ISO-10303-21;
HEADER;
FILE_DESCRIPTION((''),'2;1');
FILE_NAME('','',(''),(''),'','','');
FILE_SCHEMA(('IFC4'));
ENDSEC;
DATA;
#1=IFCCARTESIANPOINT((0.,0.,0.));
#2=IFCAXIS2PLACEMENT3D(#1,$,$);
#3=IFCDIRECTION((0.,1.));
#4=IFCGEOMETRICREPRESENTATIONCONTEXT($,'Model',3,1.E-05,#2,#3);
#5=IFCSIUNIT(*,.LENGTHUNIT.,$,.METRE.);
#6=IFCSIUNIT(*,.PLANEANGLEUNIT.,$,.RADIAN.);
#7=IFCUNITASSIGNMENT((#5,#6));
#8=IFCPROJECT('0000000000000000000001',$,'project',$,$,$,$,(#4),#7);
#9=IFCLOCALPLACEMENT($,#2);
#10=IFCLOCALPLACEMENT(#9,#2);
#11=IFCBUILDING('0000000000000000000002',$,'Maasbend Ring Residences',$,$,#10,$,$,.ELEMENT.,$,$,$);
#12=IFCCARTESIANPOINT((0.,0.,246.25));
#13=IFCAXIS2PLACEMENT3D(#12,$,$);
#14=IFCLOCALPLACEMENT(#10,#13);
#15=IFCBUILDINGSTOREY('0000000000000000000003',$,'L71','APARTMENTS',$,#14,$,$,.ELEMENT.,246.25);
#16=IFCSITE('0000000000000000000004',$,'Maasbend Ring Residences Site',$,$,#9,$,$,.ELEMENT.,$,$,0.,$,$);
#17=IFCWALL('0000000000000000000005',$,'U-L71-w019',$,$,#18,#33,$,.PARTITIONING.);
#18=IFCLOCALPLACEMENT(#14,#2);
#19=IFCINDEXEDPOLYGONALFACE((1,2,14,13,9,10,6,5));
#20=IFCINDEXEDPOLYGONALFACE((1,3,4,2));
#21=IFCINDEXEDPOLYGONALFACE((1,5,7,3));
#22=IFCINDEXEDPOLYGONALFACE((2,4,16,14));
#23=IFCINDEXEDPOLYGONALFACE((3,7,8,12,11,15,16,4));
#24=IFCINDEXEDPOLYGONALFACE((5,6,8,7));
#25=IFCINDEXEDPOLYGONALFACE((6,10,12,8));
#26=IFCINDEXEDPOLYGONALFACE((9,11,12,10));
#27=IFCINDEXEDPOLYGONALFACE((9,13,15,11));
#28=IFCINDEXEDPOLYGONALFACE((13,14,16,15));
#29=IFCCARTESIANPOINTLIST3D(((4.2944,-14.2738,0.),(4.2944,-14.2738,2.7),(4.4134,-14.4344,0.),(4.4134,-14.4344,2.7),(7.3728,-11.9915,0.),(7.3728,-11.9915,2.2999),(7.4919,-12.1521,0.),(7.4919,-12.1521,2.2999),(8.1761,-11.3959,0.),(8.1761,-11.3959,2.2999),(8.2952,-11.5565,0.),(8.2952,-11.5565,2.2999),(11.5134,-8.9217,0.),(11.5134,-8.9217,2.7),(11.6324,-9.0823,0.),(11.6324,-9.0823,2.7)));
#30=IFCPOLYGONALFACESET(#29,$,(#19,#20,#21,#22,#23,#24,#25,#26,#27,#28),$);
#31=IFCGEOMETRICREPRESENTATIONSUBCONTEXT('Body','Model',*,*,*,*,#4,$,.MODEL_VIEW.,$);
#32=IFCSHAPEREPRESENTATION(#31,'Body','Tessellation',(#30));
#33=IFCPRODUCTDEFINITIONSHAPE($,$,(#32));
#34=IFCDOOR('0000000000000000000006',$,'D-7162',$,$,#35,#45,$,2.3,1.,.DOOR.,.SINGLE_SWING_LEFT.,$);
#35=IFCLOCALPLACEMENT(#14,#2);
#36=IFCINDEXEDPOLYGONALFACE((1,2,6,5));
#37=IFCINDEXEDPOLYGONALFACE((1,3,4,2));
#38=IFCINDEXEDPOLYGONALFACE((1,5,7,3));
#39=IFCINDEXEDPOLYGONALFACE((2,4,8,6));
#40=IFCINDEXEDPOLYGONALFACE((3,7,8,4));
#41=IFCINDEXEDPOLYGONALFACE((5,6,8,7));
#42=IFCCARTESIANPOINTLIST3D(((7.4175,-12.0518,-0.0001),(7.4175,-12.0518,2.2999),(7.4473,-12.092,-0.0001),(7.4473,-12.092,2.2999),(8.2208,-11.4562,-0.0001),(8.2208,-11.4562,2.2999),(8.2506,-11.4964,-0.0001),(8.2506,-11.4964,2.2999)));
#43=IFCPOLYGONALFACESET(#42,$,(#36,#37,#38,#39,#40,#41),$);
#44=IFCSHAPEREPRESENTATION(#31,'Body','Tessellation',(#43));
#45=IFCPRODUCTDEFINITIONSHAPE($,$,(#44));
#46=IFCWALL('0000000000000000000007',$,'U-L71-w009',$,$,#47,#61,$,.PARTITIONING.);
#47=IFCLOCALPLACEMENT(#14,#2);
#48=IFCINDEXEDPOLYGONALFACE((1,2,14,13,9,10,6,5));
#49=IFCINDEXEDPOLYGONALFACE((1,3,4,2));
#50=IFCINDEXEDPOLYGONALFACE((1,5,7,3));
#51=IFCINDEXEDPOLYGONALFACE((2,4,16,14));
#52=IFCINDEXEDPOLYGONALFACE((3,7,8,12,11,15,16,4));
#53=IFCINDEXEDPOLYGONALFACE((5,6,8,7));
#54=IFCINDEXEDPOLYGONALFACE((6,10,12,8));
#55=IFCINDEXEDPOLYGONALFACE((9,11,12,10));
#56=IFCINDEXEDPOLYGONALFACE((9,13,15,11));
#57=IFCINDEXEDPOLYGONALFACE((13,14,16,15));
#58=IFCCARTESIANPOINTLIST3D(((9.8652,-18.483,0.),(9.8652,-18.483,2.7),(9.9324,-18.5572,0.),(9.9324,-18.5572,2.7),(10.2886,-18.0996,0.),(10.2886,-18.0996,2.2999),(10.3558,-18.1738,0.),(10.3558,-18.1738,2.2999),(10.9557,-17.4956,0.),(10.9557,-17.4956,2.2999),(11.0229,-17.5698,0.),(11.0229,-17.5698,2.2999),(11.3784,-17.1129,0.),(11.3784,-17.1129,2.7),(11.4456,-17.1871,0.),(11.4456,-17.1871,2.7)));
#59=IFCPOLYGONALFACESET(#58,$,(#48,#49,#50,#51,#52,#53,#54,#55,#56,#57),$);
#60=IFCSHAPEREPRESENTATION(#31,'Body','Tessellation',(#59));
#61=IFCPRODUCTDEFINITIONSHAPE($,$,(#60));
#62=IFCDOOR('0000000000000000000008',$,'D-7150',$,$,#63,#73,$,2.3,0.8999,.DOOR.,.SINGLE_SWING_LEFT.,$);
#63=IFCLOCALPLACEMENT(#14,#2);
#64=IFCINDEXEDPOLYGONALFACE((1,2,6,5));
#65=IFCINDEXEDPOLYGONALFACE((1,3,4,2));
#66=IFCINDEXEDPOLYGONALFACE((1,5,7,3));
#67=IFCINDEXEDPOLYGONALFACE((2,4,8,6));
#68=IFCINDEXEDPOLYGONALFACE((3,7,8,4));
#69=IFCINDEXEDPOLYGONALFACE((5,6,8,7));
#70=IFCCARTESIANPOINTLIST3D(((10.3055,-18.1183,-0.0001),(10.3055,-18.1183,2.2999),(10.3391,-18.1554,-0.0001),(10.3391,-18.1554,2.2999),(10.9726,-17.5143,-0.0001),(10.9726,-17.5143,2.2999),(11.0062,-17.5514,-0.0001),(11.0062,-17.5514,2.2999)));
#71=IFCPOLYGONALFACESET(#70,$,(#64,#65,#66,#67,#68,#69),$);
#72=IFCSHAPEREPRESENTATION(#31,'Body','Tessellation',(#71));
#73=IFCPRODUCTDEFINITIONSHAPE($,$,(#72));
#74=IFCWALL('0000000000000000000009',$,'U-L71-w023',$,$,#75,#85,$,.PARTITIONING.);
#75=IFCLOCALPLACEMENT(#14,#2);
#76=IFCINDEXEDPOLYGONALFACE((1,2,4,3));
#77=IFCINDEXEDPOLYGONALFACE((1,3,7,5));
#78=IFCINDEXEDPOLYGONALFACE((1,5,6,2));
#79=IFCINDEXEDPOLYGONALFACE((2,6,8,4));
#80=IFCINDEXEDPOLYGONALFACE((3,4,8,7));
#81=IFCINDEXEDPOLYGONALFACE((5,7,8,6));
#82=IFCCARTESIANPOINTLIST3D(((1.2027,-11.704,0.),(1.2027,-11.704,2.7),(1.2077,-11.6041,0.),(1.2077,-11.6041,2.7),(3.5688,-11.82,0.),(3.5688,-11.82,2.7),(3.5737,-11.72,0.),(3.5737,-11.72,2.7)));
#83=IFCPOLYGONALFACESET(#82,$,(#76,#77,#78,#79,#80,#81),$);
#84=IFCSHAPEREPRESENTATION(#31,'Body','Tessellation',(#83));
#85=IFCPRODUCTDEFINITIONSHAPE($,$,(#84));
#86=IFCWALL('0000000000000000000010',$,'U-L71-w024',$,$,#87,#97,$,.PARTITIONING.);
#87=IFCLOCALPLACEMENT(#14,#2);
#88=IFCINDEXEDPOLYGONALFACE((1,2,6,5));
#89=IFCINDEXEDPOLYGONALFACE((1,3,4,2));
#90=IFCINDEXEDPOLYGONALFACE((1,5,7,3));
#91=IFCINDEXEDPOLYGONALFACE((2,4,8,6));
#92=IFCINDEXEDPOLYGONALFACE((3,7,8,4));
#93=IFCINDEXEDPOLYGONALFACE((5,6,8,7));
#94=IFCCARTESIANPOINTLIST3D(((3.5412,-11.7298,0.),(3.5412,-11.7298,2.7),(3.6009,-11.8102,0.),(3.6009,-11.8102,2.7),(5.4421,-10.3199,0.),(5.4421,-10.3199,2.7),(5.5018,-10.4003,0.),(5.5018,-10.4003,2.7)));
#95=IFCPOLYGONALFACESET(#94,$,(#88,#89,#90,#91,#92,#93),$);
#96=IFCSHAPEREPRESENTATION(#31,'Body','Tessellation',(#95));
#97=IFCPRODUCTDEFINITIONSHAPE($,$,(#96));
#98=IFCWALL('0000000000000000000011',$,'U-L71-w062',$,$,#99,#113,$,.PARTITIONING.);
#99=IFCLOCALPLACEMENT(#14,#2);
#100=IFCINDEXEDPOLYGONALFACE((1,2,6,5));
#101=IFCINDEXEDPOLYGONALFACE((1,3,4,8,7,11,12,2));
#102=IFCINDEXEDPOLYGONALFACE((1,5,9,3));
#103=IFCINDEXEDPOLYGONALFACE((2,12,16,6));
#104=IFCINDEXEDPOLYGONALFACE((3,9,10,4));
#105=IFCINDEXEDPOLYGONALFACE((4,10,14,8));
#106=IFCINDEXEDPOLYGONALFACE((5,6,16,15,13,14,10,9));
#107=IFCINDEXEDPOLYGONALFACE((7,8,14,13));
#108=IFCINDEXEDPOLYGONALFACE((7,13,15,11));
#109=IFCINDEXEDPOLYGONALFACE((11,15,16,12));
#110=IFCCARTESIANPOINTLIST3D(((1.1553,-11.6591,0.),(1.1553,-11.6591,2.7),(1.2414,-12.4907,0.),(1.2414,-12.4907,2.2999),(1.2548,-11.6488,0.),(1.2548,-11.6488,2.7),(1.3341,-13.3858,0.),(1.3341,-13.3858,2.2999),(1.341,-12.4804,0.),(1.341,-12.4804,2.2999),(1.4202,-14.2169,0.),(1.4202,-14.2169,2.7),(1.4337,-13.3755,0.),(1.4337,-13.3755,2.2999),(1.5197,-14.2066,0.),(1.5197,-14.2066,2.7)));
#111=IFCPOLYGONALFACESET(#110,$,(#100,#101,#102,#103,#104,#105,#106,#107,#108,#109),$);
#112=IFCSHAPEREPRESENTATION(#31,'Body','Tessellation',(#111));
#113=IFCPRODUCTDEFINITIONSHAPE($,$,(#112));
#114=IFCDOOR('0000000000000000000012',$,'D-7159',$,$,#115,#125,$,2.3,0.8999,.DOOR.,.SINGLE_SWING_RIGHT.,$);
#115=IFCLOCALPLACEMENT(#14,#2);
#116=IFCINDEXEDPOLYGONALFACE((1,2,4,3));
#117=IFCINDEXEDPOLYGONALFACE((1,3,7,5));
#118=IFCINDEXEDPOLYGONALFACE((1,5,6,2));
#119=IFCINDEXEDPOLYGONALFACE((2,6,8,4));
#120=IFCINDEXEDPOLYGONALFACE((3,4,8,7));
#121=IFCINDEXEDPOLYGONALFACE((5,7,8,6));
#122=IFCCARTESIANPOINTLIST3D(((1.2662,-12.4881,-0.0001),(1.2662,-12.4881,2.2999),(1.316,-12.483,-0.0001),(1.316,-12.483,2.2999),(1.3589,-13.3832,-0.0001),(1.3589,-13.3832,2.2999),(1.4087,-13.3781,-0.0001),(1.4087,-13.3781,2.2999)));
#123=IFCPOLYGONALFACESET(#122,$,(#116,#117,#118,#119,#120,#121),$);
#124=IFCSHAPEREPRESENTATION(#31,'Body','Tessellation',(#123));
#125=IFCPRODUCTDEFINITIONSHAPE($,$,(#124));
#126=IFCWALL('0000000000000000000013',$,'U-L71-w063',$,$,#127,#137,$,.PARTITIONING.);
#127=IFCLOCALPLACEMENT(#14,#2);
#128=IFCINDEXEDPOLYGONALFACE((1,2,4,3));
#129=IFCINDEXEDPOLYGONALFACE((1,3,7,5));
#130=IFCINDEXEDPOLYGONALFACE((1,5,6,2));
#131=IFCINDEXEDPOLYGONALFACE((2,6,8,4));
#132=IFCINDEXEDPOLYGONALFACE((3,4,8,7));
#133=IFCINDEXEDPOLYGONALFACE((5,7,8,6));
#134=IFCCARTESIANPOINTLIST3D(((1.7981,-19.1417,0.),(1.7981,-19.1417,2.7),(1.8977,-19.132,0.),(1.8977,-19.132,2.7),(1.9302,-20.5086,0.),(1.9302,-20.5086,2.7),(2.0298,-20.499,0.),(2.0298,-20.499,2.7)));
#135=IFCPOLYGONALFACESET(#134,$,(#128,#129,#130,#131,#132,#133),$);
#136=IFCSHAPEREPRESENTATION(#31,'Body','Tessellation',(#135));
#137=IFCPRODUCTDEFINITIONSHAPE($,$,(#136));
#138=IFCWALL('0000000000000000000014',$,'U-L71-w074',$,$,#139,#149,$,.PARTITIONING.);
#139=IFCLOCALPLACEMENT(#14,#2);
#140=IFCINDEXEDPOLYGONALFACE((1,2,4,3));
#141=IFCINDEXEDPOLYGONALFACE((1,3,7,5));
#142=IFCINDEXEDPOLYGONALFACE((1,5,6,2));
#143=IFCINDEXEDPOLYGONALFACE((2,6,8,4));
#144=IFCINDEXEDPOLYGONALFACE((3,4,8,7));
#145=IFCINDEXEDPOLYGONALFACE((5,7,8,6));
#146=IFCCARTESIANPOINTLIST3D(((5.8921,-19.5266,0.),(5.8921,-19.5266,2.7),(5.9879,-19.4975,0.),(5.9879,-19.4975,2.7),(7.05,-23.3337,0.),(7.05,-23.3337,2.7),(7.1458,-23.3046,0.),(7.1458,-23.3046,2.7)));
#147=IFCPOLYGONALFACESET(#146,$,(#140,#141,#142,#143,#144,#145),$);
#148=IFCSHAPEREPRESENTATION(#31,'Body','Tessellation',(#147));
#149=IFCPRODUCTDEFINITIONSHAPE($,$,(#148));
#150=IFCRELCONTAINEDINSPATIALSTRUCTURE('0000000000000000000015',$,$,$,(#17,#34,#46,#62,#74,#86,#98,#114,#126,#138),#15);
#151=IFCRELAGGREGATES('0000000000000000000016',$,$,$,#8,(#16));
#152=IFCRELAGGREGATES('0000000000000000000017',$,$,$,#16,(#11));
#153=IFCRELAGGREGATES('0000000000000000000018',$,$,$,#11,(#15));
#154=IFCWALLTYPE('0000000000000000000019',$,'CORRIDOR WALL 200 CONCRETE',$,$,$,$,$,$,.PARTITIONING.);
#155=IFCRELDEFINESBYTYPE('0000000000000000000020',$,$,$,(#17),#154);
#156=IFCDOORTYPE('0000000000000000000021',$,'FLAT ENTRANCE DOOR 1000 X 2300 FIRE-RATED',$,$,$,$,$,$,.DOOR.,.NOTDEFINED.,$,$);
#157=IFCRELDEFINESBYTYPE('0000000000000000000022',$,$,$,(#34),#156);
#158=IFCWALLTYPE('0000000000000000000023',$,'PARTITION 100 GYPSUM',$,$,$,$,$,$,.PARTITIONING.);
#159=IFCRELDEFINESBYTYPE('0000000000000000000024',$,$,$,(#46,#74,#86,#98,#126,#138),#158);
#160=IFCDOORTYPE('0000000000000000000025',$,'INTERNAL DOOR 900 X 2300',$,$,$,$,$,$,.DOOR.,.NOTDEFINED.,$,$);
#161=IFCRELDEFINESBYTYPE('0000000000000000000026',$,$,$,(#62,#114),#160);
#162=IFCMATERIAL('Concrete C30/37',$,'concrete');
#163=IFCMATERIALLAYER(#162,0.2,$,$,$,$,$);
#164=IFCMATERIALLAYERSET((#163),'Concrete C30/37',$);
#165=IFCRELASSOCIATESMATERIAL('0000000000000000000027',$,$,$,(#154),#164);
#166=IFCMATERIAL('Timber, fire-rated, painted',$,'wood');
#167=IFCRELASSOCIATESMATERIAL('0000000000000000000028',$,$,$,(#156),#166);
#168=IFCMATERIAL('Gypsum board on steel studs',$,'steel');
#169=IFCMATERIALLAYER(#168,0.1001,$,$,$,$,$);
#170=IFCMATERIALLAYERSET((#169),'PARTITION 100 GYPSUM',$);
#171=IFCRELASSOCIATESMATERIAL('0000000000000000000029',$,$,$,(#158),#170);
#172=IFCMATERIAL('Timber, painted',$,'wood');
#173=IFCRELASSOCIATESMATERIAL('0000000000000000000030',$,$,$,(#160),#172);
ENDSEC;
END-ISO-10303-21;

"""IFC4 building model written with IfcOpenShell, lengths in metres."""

from ifc_helpers import new_model, si_unit, direction, frame, frame_2d, origin, place, context, subcontext, project, spatial, rectangle, extrude, material, layer, layer_set, type_object, element, fill, save


model = new_model("IFC4")

# Units and contexts
model_context = context("Model", 3, precision=1e-05, world=origin(), true_north=direction((0.0, 1.0)))
body_context = subcontext(model_context, "Body", "Model", "MODEL_VIEW")
ifc_project = project(units=[si_unit("LENGTHUNIT", "METRE"), si_unit("PLANEANGLEUNIT", "RADIAN")], contexts=[model_context])

# Site, building, storey
site_placement = place(None, origin())
site = spatial("IfcSite", under=ifc_project, at=site_placement, Name="Maasbend Ring Residences Site", CompositionType="ELEMENT", RefElevation=0.0)
building_placement = place(site_placement, origin())
building = spatial("IfcBuilding", under=site, at=building_placement, Name="Maasbend Ring Residences", CompositionType="ELEMENT")
storey_placement = place(building_placement, frame((0.0, 0.0, 246.25)))
storey = spatial("IfcBuildingStorey", under=building, at=storey_placement, Name="L71", Description="APARTMENTS", CompositionType="ELEMENT", Elevation=246.25)

# Walls, openings, doors
ifc_material_1 = material(Name="Concrete C30/37", Category="concrete")
ifc_layer_1 = layer(ifc_material_1, 0.2)
ifc_layer_set_1 = layer_set([ifc_layer_1], Name="Concrete C30/37")
wall_type_1 = type_object("IfcWallType", Name="CORRIDOR WALL 200 CONCRETE", PredefinedType="PARTITIONING", material=ifc_layer_set_1)
ifc_material_2 = material(Name="Timber, fire-rated, painted", Category="wood")
door_type_1 = type_object("IfcDoorType", Name="FLAT ENTRANCE DOOR 1000 X 2300 FIRE-RATED", OperationType="NOTDEFINED", PredefinedType="DOOR", material=ifc_material_2)
wall_1_placement = place(storey_placement, frame((4.354, -14.354, 0.0), z_axis=(0.0, 0.0, 1.0), x_axis=(0.80331, 0.595561, 0.0)))
wall_1 = element("IfcWall", 1, at=wall_1_placement, inside=storey, type_object=wall_type_1, Name="U-L71-w019", PredefinedType="PARTITIONING", context=body_context, shape_type="SweptSolid", body=[
    extrude(rectangle(XDim=8.9866, YDim=0.2, at=frame_2d((4.4932, 0.0))), origin(), (0.0, 0.0, 1.0), 2.7),
])
opening_1_placement = place(wall_1_placement, frame((3.832, 0.0, 0.0)))
opening_1 = element("IfcOpeningElement", 2, at=opening_1_placement, cuts=wall_1, PredefinedType="OPENING", context=body_context, shape_type="SweptSolid", body=[
    extrude(rectangle(XDim=1.0, YDim=2.3, at=frame_2d((0.5, 1.1499))), frame((0.0, 0.1099, 0.0), z_axis=(0.0, -1.0, 0.0), x_axis=(1.0, 0.0, 0.0)), (0.0, 0.0, 1.0), 0.22),
])
door_1_placement = place(opening_1_placement, origin())
door_1 = element("IfcDoor", 3, at=door_1_placement, inside=storey, type_object=door_type_1, Name="D-7162", OperationType="SINGLE_SWING_LEFT", OverallHeight=2.3, OverallWidth=1.0, PredefinedType="DOOR", context=body_context, shape_type="SweptSolid", body=[
    extrude(rectangle(XDim=1.0, YDim=2.3, at=frame_2d((0.5, 1.1499))), frame((0.0, 0.0249, 0.0), z_axis=(0.0, -1.0, 0.0), x_axis=(1.0, 0.0, 0.0)), (0.0, 0.0, 1.0), 0.05),
])
fill(opening_1, door_1)
ifc_material_3 = material(Name="Gypsum board on steel studs", Category="steel")
ifc_layer_2 = layer(ifc_material_3, 0.1001)
ifc_layer_set_2 = layer_set([ifc_layer_2], Name="PARTITION 100 GYPSUM")
wall_type_2 = type_object("IfcWallType", Name="PARTITION 100 GYPSUM", PredefinedType="PARTITIONING", material=ifc_layer_set_2)
wall_2_placement = place(storey_placement, frame((9.8989, -18.52, 0.0), z_axis=(0.0, 0.0, 1.0), x_axis=(0.741281, 0.671195, 0.0)))
wall_2 = element("IfcWall", 4, at=wall_2_placement, inside=storey, type_object=wall_type_2, Name="U-L71-w009", PredefinedType="PARTITIONING", context=body_context, shape_type="SweptSolid", body=[
    extrude(rectangle(XDim=2.0413, YDim=0.1001, at=frame_2d((1.0205, 0.0))), origin(), (0.0, 0.0, 1.0), 2.7),
])
opening_2_placement = place(wall_2_placement, frame((0.571, 0.0, 0.0)))
opening_2 = element("IfcOpeningElement", 5, at=opening_2_placement, cuts=wall_2, PredefinedType="OPENING", context=body_context, shape_type="SweptSolid", body=[
    extrude(rectangle(XDim=0.8999, YDim=2.3, at=frame_2d((0.45, 1.1499))), frame((0.0, 0.0601, 0.0), z_axis=(0.0, -1.0, 0.0), x_axis=(1.0, 0.0, 0.0)), (0.0, 0.0, 1.0), 0.1201),
])
ifc_material_4 = material(Name="Timber, painted", Category="wood")
door_type_2 = type_object("IfcDoorType", Name="INTERNAL DOOR 900 X 2300", OperationType="NOTDEFINED", PredefinedType="DOOR", material=ifc_material_4)
door_2_placement = place(opening_2_placement, origin())
door_2 = element("IfcDoor", 6, at=door_2_placement, inside=storey, type_object=door_type_2, Name="D-7150", OperationType="SINGLE_SWING_LEFT", OverallHeight=2.3, OverallWidth=0.8999, PredefinedType="DOOR", context=body_context, shape_type="SweptSolid", body=[
    extrude(rectangle(XDim=0.8999, YDim=2.3, at=frame_2d((0.45, 1.1499))), frame((0.0, 0.0249, 0.0), z_axis=(0.0, -1.0, 0.0), x_axis=(1.0, 0.0, 0.0)), (0.0, 0.0, 1.0), 0.05),
])
fill(opening_2, door_2)

# Walls
wall_3_placement = place(storey_placement, frame((1.2051, -11.6541, 0.0), z_axis=(0.0, 0.0, 1.0), x_axis=(0.998801, -0.048956, 0.0)))
element("IfcWall", 7, at=wall_3_placement, inside=storey, type_object=wall_type_2, Name="U-L71-w023", PredefinedType="PARTITIONING", context=body_context, shape_type="SweptSolid", body=[
    extrude(rectangle(XDim=2.3689, YDim=0.1001, at=frame_2d((1.1846, 0.0))), origin(), (0.0, 0.0, 1.0), 2.7),
])
wall_4_placement = place(storey_placement, frame((3.571, -11.77, 0.0), z_axis=(0.0, 0.0, 1.0), x_axis=(0.803182, 0.595733, 0.0)))
element("IfcWall", 8, at=wall_4_placement, inside=storey, type_object=wall_type_2, Name="U-L71-w024", PredefinedType="PARTITIONING", context=body_context, shape_type="SweptSolid", body=[
    extrude(rectangle(XDim=2.3667, YDim=0.1001, at=frame_2d((1.1833, 0.0))), origin(), (0.0, 0.0, 1.0), 2.7),
])

# Wall, opening, door
wall_5_placement = place(storey_placement, frame((1.2051, -11.6541, 0.0), z_axis=(0.0, 0.0, 1.0), x_axis=(0.103009, -0.99468, 0.0)))
wall_5 = element("IfcWall", 9, at=wall_5_placement, inside=storey, type_object=wall_type_2, Name="U-L71-w062", PredefinedType="PARTITIONING", context=body_context, shape_type="SweptSolid", body=[
    extrude(rectangle(XDim=2.5715, YDim=0.1001, at=frame_2d((1.2856, 0.0))), origin(), (0.0, 0.0, 1.0), 2.7),
])
opening_3_placement = place(wall_5_placement, frame((0.8359, 0.0, 0.0)))
opening_3 = element("IfcOpeningElement", 10, at=opening_3_placement, cuts=wall_5, PredefinedType="OPENING", context=body_context, shape_type="SweptSolid", body=[
    extrude(rectangle(XDim=0.8999, YDim=2.3, at=frame_2d((0.45, 1.1499))), frame((0.0, 0.0601, 0.0), z_axis=(0.0, -1.0, 0.0), x_axis=(1.0, 0.0, 0.0)), (0.0, 0.0, 1.0), 0.1201),
])
door_3_placement = place(opening_3_placement, origin())
door_3 = element("IfcDoor", 11, at=door_3_placement, inside=storey, type_object=door_type_2, Name="D-7159", OperationType="SINGLE_SWING_RIGHT", OverallHeight=2.3, OverallWidth=0.8999, PredefinedType="DOOR", context=body_context, shape_type="SweptSolid", body=[
    extrude(rectangle(XDim=0.8999, YDim=2.3, at=frame_2d((0.45, 1.1499))), frame((0.0, 0.0249, 0.0), z_axis=(0.0, -1.0, 0.0), x_axis=(1.0, 0.0, 0.0)), (0.0, 0.0, 1.0), 0.05),
])
fill(opening_3, door_3)

# Walls
wall_6_placement = place(storey_placement, frame((1.8479, -19.137, 0.0), z_axis=(0.0, 0.0, 1.0), x_axis=(0.096176, -0.995364, 0.0)))
element("IfcWall", 12, at=wall_6_placement, inside=storey, type_object=wall_type_2, Name="U-L71-w063", PredefinedType="PARTITIONING", context=body_context, shape_type="SweptSolid", body=[
    extrude(rectangle(XDim=1.3733, YDim=0.1001, at=frame_2d((0.6865, 0.0))), origin(), (0.0, 0.0, 1.0), 2.7),
])
wall_7_placement = place(storey_placement, frame((5.9399, -19.512, 0.0), z_axis=(0.0, 0.0, 1.0), x_axis=(0.290993, -0.956725, 0.0)))
element("IfcWall", 13, at=wall_7_placement, inside=storey, type_object=wall_type_2, Name="U-L71-w074", PredefinedType="PARTITIONING", context=body_context, shape_type="SweptSolid", body=[
    extrude(rectangle(XDim=3.9792, YDim=0.1001, at=frame_2d((1.9897, 0.0))), origin(), (0.0, 0.0, 1.0), 2.7),
])

save(model, "model.ifc")
